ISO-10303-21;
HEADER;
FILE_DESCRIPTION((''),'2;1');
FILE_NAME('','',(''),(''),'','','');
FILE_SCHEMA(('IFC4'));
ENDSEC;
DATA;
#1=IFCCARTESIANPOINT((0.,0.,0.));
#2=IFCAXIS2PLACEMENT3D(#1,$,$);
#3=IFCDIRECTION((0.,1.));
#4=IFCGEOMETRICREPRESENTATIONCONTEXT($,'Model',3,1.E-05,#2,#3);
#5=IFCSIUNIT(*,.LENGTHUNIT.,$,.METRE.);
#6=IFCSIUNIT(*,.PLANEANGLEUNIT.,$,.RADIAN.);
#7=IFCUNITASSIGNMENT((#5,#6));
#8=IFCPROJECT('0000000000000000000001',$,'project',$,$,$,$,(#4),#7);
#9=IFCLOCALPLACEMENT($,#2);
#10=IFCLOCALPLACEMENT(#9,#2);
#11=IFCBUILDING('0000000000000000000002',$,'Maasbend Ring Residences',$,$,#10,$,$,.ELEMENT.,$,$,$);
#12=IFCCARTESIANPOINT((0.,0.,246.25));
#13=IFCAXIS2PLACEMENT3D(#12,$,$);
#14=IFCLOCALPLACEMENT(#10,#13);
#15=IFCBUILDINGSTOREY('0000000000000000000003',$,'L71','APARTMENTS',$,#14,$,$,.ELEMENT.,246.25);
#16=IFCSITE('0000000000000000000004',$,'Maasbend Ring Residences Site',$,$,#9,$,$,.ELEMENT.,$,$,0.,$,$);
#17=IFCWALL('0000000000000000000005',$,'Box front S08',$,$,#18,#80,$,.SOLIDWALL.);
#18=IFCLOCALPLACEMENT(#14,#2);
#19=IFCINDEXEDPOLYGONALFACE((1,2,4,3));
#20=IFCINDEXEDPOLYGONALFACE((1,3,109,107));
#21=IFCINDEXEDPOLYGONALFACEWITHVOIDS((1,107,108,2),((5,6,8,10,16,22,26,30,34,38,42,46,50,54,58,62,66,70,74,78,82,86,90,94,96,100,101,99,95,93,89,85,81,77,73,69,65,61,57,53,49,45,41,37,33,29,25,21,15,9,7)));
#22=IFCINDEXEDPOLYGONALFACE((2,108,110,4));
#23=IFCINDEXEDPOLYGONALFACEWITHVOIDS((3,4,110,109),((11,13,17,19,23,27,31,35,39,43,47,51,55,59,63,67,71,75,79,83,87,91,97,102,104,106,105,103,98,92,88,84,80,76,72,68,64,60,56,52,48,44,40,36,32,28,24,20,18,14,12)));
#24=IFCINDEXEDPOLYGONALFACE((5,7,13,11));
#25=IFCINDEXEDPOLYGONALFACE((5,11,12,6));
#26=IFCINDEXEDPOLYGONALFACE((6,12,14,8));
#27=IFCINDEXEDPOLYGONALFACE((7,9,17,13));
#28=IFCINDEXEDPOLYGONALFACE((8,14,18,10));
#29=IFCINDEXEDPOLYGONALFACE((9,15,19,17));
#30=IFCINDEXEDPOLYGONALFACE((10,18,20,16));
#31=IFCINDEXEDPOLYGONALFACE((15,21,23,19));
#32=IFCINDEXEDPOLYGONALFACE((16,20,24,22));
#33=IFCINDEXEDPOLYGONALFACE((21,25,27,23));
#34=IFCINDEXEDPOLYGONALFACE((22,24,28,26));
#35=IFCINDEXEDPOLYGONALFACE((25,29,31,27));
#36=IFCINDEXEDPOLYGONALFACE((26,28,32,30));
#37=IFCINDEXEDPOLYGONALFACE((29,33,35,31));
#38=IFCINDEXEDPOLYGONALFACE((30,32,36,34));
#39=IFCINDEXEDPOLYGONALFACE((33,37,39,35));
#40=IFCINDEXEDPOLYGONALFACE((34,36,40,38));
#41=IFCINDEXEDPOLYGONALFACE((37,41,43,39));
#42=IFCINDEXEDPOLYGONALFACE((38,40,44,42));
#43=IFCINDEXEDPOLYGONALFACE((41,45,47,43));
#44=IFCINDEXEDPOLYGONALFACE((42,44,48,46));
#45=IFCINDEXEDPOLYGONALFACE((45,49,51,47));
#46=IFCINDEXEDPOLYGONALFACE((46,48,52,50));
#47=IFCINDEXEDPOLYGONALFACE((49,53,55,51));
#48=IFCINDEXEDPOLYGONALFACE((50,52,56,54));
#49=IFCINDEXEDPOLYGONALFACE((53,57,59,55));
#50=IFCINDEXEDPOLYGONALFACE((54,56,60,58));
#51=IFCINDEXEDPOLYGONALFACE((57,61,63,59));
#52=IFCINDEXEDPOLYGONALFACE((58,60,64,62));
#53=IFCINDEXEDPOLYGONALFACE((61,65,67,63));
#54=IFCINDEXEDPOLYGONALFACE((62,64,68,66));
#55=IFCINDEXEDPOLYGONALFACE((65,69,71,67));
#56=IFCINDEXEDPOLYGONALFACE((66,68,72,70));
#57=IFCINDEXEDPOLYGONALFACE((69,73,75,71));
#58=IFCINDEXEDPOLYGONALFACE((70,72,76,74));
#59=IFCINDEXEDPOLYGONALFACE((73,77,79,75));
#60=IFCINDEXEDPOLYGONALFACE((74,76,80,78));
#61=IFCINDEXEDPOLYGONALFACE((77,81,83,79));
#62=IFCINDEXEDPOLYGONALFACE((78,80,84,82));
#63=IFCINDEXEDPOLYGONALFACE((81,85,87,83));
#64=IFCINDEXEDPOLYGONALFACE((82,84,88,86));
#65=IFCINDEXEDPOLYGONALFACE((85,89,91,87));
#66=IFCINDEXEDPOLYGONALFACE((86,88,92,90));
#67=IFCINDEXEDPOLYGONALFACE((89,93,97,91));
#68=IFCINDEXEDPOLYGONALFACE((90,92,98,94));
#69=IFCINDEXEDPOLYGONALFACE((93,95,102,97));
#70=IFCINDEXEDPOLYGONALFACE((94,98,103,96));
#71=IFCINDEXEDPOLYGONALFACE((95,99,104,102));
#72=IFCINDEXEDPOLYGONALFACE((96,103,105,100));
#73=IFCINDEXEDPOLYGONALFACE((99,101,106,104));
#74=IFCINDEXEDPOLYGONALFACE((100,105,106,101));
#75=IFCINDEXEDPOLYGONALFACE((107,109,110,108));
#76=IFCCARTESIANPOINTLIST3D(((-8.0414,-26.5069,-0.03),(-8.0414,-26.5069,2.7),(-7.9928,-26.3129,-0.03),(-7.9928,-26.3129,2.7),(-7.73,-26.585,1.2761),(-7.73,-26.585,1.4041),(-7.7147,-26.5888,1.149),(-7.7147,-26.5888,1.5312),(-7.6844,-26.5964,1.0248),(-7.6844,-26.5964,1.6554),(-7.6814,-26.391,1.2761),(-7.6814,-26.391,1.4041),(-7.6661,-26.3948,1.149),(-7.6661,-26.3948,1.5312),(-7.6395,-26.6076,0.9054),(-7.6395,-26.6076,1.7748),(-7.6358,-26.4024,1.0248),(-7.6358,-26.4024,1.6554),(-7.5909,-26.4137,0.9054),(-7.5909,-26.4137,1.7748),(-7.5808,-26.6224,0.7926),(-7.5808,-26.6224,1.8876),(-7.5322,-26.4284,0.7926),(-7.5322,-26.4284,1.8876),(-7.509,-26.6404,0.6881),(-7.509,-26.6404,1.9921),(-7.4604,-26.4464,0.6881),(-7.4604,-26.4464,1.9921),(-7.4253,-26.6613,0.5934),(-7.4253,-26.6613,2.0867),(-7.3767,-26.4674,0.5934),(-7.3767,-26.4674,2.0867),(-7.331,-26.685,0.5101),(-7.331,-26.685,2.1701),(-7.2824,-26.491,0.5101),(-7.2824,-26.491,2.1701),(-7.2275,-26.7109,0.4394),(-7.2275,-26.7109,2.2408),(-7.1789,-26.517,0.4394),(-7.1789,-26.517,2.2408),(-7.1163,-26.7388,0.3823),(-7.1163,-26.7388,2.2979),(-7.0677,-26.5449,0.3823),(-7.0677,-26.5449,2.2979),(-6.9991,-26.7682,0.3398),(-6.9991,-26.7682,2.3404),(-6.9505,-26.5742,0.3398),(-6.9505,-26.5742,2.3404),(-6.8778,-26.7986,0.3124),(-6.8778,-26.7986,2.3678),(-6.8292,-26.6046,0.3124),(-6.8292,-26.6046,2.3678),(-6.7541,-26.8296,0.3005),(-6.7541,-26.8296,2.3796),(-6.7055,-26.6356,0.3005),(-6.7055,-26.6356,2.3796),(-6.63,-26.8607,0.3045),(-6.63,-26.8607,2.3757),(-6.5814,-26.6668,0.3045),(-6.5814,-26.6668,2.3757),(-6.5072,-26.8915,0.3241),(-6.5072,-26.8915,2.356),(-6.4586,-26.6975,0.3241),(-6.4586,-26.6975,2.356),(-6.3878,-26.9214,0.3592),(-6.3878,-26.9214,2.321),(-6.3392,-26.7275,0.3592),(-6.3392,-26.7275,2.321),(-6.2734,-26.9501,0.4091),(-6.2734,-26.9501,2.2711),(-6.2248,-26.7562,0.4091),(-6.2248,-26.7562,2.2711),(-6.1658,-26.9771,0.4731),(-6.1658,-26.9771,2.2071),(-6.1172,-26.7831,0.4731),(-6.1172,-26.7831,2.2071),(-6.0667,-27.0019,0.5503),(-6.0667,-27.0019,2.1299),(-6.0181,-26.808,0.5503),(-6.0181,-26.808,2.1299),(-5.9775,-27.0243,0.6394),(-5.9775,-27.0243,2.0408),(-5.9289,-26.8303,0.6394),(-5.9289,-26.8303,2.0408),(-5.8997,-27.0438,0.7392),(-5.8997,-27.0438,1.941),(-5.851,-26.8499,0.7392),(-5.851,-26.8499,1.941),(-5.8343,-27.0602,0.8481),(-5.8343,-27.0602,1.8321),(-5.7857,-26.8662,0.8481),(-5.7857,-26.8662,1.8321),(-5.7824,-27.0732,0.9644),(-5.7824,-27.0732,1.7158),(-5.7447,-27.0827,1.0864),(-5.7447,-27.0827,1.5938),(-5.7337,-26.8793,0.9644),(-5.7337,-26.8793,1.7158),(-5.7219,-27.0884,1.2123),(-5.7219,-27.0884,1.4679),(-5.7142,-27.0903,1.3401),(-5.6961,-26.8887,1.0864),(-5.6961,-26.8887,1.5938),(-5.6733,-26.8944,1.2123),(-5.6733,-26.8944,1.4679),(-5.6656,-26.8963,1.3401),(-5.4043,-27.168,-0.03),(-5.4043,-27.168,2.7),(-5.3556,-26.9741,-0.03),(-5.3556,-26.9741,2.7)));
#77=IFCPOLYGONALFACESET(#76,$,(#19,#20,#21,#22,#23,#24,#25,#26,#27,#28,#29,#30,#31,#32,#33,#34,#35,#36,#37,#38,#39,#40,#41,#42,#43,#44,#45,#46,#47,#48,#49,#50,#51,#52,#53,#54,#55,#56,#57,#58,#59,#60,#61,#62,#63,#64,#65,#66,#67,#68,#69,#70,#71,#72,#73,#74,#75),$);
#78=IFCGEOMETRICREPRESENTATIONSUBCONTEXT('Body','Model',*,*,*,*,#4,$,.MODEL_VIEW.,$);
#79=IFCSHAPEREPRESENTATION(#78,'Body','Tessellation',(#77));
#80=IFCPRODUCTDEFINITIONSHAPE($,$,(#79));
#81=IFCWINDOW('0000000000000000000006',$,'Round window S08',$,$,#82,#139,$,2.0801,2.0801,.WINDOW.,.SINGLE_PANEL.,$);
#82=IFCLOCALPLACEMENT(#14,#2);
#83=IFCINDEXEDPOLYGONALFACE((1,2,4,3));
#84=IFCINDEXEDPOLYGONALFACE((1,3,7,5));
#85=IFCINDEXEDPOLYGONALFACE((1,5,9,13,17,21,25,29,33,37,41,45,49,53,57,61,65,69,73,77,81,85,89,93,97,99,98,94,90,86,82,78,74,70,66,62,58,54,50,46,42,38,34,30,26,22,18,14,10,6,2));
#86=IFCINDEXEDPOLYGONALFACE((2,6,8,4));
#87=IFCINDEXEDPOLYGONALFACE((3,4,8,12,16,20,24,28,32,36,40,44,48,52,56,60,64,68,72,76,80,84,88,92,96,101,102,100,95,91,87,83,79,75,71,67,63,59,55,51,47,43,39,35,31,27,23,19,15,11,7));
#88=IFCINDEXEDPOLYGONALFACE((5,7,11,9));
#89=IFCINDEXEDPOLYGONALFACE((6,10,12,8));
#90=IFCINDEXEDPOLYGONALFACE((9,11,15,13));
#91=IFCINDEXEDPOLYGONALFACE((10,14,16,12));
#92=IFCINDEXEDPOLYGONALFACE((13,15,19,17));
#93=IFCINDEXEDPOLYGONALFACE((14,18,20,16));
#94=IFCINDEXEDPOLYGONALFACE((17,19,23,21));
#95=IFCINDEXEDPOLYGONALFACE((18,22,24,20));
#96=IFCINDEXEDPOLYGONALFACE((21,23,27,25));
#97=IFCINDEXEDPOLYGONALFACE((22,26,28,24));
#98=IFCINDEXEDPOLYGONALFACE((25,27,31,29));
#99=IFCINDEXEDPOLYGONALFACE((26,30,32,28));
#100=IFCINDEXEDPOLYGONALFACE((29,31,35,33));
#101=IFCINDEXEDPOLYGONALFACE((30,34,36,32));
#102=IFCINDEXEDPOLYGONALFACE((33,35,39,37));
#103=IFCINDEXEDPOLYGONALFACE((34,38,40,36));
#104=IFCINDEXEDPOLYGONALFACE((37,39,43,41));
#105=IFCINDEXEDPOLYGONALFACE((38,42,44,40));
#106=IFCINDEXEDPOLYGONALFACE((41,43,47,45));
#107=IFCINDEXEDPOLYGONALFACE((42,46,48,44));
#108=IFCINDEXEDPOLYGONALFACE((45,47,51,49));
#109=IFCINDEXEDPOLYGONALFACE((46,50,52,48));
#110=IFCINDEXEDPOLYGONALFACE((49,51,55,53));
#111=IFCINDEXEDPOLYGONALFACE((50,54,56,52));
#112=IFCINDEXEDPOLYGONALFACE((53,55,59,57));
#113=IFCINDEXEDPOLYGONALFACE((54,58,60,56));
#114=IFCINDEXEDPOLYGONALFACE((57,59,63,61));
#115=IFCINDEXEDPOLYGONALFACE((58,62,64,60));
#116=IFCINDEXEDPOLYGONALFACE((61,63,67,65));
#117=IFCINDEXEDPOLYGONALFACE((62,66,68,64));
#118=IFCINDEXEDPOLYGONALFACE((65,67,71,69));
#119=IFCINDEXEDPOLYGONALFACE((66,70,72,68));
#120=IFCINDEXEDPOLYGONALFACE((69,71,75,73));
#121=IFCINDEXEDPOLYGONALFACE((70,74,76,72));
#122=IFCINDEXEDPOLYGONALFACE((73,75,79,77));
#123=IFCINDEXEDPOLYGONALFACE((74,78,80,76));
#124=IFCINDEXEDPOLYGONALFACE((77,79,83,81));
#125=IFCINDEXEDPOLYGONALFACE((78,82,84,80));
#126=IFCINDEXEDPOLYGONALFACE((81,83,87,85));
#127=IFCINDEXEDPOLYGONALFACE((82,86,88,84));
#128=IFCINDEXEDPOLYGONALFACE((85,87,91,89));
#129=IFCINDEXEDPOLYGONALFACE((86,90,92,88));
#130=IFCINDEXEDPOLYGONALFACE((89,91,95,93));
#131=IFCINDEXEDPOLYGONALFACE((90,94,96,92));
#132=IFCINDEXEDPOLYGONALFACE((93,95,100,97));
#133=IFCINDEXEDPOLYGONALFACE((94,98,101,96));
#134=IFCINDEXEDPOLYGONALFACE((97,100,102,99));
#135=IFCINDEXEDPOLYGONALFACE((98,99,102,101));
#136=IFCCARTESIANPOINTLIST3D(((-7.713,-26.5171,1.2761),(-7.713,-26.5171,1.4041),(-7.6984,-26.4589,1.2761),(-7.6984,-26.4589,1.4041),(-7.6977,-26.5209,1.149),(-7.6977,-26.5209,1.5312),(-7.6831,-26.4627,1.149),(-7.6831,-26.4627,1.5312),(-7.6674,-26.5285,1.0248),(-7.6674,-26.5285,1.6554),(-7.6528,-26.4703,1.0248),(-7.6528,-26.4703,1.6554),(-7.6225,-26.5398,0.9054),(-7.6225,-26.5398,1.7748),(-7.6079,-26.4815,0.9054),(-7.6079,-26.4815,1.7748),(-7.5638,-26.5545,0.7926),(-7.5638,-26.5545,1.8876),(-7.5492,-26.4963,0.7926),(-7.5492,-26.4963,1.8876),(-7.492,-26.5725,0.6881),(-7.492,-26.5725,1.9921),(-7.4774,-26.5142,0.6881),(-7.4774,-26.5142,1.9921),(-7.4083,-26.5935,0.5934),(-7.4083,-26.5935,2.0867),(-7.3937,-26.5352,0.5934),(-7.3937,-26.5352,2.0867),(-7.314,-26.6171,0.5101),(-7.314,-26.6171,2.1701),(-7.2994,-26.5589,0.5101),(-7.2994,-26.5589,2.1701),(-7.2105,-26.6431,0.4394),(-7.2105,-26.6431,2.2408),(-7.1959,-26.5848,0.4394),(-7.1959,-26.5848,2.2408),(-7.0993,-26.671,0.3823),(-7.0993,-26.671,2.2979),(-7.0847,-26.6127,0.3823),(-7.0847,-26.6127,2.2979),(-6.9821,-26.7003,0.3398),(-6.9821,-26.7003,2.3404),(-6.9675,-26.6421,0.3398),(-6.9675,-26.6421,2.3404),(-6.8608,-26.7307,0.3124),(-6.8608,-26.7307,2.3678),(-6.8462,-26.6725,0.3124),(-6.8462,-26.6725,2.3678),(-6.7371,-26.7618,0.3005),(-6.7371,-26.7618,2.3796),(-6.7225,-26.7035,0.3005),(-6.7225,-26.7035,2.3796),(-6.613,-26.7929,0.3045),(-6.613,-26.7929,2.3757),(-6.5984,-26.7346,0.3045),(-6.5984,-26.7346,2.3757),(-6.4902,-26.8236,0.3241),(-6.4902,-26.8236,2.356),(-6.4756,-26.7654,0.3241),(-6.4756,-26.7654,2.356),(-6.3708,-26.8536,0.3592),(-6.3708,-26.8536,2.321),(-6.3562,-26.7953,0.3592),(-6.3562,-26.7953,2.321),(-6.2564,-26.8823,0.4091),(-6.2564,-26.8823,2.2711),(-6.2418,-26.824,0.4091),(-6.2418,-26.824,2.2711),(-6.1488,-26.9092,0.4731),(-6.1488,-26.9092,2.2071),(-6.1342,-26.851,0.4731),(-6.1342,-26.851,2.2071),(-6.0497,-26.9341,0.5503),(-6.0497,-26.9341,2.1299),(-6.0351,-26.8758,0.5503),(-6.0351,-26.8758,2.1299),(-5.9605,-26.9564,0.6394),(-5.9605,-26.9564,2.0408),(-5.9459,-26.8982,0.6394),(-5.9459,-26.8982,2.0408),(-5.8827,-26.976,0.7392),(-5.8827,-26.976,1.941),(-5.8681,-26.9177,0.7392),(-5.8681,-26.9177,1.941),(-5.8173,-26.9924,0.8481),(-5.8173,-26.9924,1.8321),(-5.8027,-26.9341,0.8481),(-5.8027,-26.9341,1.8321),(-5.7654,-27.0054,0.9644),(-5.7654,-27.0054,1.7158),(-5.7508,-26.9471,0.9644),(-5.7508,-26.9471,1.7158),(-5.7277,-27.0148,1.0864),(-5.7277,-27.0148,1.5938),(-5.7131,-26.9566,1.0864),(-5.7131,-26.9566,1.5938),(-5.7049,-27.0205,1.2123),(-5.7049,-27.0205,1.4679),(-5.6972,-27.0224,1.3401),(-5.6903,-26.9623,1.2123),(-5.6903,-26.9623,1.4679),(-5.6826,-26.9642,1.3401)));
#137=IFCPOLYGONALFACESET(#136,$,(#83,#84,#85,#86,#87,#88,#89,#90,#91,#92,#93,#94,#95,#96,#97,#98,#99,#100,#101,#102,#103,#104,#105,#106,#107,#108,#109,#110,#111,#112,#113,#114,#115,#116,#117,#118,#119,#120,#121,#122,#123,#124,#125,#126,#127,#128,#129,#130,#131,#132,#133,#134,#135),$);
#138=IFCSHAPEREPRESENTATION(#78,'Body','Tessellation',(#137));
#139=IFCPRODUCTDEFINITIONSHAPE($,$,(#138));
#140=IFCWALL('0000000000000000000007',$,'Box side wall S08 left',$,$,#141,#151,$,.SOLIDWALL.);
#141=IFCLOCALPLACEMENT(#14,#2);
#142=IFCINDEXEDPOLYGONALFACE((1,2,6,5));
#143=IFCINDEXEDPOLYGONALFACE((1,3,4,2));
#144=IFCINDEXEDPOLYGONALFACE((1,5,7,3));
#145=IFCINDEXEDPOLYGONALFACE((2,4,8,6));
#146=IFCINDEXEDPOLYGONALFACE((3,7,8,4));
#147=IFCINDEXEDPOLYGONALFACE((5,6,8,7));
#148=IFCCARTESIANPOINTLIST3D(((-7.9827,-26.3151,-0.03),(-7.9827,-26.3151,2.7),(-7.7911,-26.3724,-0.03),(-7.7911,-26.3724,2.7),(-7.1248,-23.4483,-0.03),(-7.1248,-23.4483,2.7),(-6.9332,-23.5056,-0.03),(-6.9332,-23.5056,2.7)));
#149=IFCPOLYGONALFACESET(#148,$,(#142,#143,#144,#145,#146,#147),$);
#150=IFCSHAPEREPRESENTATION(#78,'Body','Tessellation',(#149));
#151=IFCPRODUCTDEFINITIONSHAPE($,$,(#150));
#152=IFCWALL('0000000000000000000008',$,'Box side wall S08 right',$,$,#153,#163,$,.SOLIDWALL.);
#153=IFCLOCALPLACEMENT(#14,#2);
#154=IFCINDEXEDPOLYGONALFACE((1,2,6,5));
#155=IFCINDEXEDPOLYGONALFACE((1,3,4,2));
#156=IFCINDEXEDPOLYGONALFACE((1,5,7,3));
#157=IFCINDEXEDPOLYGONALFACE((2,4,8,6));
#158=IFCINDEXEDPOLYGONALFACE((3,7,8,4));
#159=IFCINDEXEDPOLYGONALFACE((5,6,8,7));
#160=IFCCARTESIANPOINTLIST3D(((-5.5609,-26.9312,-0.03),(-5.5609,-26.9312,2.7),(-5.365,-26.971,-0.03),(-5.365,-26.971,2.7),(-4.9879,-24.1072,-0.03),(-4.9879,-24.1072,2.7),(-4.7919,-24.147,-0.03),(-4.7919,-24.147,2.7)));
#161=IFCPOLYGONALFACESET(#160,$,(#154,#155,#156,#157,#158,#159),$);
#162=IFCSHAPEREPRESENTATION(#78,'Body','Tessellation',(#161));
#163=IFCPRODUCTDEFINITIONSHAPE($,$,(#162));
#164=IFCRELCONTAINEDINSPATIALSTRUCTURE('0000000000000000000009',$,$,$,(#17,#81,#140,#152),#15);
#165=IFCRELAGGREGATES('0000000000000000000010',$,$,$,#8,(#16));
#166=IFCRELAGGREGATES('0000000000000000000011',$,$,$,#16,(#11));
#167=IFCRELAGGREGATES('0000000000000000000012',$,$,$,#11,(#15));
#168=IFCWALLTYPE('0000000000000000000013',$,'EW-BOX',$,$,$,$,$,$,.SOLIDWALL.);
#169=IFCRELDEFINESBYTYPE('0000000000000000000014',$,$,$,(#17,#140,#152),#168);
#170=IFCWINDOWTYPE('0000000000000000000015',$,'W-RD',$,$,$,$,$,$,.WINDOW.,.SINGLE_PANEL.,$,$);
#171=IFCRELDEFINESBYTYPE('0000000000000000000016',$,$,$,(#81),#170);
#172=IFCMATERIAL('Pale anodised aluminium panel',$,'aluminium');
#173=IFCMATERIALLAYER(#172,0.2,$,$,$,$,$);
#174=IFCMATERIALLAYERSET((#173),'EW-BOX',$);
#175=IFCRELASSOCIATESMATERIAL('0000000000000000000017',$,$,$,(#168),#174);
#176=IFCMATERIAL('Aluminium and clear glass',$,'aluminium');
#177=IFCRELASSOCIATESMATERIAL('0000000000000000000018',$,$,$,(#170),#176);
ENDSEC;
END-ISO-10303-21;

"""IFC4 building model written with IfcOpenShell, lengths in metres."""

from ifc_helpers import new_model, si_unit, direction, frame, frame_2d, origin, place, context, subcontext, project, spatial, rectangle, circle, extrude, material, layer, layer_set, type_object, element, fill, save


model = new_model("IFC4")

# Units and contexts
model_context = context("Model", 3, precision=1e-05, world=origin(), true_north=direction((0.0, 1.0)))
body_context = subcontext(model_context, "Body", "Model", "MODEL_VIEW")
ifc_project = project(units=[si_unit("LENGTHUNIT", "METRE"), si_unit("PLANEANGLEUNIT", "RADIAN")], contexts=[model_context])

# Site, building, storey
site_placement = place(None, origin())
site = spatial("IfcSite", under=ifc_project, at=site_placement, Name="Maasbend Ring Residences Site", CompositionType="ELEMENT", RefElevation=0.0)
building_placement = place(site_placement, origin())
building = spatial("IfcBuilding", under=site, at=building_placement, Name="Maasbend Ring Residences", CompositionType="ELEMENT")
storey_placement = place(building_placement, frame((0.0, 0.0, 246.25)))
storey = spatial("IfcBuildingStorey", under=building, at=storey_placement, Name="L71", Description="APARTMENTS", CompositionType="ELEMENT", Elevation=246.25)

# Shared definitions
ifc_material_1 = material(Name="Pale anodised aluminium panel", Category="aluminium")
ifc_layer_1 = layer(ifc_material_1, 0.2)
ifc_layer_set_1 = layer_set([ifc_layer_1], Name="EW-BOX")
wall_type_1 = type_object("IfcWallType", Name="EW-BOX", PredefinedType="SOLIDWALL", material=ifc_layer_set_1)

# Wall, opening, window
wall_1_placement = place(storey_placement, frame((-8.0171, -26.4099, -0.03), z_axis=(0.0, 0.0, 1.0), x_axis=(0.969984, -0.243169, 0.0)))
wall_1 = element("IfcWall", 1, at=wall_1_placement, inside=storey, type_object=wall_type_1, Name="Box front S08", PredefinedType="SOLIDWALL", context=body_context, shape_type="SweptSolid", body=[
    extrude(rectangle(XDim=2.7188, YDim=0.2, at=frame_2d((1.3594, 0.0))), origin(), (0.0, 0.0, 1.0), 2.73),
])
opening_1_placement = place(wall_1_placement, frame((0.3191, 0.0, 0.3301)))
opening_1 = element("IfcOpeningElement", 2, at=opening_1_placement, cuts=wall_1, PredefinedType="OPENING", context=body_context, shape_type="SweptSolid", body=[
    extrude(circle(Radius=1.04, at=frame_2d((1.04, 1.04))), frame((0.0, 0.1099, 0.0), z_axis=(0.0, -1.0, 0.0), x_axis=(1.0, 0.0, 0.0)), (0.0, 0.0, 1.0), 0.22),
])
ifc_material_2 = material(Name="Aluminium and clear glass", Category="aluminium")
window_type_1 = type_object("IfcWindowType", Name="W-RD", PartitioningType="SINGLE_PANEL", PredefinedType="WINDOW", material=ifc_material_2)
window_1_placement = place(opening_1_placement, origin())
window_1 = element("IfcWindow", 3, at=window_1_placement, inside=storey, type_object=window_type_1, Name="Round window S08", OverallHeight=2.0801, OverallWidth=2.0801, PartitioningType="SINGLE_PANEL", PredefinedType="WINDOW", context=body_context, shape_type="SweptSolid", body=[
    extrude(circle(Radius=1.04, at=frame_2d((1.04, 1.04))), frame((0.0, 0.03, 0.0), z_axis=(0.0, -1.0, 0.0), x_axis=(1.0, 0.0, 0.0)), (0.0, 0.0, 1.0), 0.0601),
])
fill(opening_1, window_1)

# Walls
wall_2_placement = place(storey_placement, frame((-7.0291, -23.4771, -0.03), z_axis=(0.0, 0.0, 1.0), x_axis=(-0.286682, -0.958026, 0.0)))
element("IfcWall", 4, at=wall_2_placement, inside=storey, type_object=wall_type_1, Name="Box side wall S08 left", PredefinedType="SOLIDWALL", context=body_context, shape_type="SweptSolid", body=[
    extrude(rectangle(XDim=2.9924, YDim=0.2, at=frame_2d((1.4961, 0.0))), origin(), (0.0, 0.0, 1.0), 2.73),
])
wall_3_placement = place(storey_placement, frame((-4.8899, -24.127, -0.03), z_axis=(0.0, 0.0, 1.0), x_axis=(-0.198853, -0.980029, 0.0)))
element("IfcWall", 5, at=wall_3_placement, inside=storey, type_object=wall_type_1, Name="Box side wall S08 right", PredefinedType="SOLIDWALL", context=body_context, shape_type="SweptSolid", body=[
    extrude(rectangle(XDim=2.8816, YDim=0.2, at=frame_2d((1.4409, 0.0))), origin(), (0.0, 0.0, 1.0), 2.73),
])

save(model, "model.ifc")
